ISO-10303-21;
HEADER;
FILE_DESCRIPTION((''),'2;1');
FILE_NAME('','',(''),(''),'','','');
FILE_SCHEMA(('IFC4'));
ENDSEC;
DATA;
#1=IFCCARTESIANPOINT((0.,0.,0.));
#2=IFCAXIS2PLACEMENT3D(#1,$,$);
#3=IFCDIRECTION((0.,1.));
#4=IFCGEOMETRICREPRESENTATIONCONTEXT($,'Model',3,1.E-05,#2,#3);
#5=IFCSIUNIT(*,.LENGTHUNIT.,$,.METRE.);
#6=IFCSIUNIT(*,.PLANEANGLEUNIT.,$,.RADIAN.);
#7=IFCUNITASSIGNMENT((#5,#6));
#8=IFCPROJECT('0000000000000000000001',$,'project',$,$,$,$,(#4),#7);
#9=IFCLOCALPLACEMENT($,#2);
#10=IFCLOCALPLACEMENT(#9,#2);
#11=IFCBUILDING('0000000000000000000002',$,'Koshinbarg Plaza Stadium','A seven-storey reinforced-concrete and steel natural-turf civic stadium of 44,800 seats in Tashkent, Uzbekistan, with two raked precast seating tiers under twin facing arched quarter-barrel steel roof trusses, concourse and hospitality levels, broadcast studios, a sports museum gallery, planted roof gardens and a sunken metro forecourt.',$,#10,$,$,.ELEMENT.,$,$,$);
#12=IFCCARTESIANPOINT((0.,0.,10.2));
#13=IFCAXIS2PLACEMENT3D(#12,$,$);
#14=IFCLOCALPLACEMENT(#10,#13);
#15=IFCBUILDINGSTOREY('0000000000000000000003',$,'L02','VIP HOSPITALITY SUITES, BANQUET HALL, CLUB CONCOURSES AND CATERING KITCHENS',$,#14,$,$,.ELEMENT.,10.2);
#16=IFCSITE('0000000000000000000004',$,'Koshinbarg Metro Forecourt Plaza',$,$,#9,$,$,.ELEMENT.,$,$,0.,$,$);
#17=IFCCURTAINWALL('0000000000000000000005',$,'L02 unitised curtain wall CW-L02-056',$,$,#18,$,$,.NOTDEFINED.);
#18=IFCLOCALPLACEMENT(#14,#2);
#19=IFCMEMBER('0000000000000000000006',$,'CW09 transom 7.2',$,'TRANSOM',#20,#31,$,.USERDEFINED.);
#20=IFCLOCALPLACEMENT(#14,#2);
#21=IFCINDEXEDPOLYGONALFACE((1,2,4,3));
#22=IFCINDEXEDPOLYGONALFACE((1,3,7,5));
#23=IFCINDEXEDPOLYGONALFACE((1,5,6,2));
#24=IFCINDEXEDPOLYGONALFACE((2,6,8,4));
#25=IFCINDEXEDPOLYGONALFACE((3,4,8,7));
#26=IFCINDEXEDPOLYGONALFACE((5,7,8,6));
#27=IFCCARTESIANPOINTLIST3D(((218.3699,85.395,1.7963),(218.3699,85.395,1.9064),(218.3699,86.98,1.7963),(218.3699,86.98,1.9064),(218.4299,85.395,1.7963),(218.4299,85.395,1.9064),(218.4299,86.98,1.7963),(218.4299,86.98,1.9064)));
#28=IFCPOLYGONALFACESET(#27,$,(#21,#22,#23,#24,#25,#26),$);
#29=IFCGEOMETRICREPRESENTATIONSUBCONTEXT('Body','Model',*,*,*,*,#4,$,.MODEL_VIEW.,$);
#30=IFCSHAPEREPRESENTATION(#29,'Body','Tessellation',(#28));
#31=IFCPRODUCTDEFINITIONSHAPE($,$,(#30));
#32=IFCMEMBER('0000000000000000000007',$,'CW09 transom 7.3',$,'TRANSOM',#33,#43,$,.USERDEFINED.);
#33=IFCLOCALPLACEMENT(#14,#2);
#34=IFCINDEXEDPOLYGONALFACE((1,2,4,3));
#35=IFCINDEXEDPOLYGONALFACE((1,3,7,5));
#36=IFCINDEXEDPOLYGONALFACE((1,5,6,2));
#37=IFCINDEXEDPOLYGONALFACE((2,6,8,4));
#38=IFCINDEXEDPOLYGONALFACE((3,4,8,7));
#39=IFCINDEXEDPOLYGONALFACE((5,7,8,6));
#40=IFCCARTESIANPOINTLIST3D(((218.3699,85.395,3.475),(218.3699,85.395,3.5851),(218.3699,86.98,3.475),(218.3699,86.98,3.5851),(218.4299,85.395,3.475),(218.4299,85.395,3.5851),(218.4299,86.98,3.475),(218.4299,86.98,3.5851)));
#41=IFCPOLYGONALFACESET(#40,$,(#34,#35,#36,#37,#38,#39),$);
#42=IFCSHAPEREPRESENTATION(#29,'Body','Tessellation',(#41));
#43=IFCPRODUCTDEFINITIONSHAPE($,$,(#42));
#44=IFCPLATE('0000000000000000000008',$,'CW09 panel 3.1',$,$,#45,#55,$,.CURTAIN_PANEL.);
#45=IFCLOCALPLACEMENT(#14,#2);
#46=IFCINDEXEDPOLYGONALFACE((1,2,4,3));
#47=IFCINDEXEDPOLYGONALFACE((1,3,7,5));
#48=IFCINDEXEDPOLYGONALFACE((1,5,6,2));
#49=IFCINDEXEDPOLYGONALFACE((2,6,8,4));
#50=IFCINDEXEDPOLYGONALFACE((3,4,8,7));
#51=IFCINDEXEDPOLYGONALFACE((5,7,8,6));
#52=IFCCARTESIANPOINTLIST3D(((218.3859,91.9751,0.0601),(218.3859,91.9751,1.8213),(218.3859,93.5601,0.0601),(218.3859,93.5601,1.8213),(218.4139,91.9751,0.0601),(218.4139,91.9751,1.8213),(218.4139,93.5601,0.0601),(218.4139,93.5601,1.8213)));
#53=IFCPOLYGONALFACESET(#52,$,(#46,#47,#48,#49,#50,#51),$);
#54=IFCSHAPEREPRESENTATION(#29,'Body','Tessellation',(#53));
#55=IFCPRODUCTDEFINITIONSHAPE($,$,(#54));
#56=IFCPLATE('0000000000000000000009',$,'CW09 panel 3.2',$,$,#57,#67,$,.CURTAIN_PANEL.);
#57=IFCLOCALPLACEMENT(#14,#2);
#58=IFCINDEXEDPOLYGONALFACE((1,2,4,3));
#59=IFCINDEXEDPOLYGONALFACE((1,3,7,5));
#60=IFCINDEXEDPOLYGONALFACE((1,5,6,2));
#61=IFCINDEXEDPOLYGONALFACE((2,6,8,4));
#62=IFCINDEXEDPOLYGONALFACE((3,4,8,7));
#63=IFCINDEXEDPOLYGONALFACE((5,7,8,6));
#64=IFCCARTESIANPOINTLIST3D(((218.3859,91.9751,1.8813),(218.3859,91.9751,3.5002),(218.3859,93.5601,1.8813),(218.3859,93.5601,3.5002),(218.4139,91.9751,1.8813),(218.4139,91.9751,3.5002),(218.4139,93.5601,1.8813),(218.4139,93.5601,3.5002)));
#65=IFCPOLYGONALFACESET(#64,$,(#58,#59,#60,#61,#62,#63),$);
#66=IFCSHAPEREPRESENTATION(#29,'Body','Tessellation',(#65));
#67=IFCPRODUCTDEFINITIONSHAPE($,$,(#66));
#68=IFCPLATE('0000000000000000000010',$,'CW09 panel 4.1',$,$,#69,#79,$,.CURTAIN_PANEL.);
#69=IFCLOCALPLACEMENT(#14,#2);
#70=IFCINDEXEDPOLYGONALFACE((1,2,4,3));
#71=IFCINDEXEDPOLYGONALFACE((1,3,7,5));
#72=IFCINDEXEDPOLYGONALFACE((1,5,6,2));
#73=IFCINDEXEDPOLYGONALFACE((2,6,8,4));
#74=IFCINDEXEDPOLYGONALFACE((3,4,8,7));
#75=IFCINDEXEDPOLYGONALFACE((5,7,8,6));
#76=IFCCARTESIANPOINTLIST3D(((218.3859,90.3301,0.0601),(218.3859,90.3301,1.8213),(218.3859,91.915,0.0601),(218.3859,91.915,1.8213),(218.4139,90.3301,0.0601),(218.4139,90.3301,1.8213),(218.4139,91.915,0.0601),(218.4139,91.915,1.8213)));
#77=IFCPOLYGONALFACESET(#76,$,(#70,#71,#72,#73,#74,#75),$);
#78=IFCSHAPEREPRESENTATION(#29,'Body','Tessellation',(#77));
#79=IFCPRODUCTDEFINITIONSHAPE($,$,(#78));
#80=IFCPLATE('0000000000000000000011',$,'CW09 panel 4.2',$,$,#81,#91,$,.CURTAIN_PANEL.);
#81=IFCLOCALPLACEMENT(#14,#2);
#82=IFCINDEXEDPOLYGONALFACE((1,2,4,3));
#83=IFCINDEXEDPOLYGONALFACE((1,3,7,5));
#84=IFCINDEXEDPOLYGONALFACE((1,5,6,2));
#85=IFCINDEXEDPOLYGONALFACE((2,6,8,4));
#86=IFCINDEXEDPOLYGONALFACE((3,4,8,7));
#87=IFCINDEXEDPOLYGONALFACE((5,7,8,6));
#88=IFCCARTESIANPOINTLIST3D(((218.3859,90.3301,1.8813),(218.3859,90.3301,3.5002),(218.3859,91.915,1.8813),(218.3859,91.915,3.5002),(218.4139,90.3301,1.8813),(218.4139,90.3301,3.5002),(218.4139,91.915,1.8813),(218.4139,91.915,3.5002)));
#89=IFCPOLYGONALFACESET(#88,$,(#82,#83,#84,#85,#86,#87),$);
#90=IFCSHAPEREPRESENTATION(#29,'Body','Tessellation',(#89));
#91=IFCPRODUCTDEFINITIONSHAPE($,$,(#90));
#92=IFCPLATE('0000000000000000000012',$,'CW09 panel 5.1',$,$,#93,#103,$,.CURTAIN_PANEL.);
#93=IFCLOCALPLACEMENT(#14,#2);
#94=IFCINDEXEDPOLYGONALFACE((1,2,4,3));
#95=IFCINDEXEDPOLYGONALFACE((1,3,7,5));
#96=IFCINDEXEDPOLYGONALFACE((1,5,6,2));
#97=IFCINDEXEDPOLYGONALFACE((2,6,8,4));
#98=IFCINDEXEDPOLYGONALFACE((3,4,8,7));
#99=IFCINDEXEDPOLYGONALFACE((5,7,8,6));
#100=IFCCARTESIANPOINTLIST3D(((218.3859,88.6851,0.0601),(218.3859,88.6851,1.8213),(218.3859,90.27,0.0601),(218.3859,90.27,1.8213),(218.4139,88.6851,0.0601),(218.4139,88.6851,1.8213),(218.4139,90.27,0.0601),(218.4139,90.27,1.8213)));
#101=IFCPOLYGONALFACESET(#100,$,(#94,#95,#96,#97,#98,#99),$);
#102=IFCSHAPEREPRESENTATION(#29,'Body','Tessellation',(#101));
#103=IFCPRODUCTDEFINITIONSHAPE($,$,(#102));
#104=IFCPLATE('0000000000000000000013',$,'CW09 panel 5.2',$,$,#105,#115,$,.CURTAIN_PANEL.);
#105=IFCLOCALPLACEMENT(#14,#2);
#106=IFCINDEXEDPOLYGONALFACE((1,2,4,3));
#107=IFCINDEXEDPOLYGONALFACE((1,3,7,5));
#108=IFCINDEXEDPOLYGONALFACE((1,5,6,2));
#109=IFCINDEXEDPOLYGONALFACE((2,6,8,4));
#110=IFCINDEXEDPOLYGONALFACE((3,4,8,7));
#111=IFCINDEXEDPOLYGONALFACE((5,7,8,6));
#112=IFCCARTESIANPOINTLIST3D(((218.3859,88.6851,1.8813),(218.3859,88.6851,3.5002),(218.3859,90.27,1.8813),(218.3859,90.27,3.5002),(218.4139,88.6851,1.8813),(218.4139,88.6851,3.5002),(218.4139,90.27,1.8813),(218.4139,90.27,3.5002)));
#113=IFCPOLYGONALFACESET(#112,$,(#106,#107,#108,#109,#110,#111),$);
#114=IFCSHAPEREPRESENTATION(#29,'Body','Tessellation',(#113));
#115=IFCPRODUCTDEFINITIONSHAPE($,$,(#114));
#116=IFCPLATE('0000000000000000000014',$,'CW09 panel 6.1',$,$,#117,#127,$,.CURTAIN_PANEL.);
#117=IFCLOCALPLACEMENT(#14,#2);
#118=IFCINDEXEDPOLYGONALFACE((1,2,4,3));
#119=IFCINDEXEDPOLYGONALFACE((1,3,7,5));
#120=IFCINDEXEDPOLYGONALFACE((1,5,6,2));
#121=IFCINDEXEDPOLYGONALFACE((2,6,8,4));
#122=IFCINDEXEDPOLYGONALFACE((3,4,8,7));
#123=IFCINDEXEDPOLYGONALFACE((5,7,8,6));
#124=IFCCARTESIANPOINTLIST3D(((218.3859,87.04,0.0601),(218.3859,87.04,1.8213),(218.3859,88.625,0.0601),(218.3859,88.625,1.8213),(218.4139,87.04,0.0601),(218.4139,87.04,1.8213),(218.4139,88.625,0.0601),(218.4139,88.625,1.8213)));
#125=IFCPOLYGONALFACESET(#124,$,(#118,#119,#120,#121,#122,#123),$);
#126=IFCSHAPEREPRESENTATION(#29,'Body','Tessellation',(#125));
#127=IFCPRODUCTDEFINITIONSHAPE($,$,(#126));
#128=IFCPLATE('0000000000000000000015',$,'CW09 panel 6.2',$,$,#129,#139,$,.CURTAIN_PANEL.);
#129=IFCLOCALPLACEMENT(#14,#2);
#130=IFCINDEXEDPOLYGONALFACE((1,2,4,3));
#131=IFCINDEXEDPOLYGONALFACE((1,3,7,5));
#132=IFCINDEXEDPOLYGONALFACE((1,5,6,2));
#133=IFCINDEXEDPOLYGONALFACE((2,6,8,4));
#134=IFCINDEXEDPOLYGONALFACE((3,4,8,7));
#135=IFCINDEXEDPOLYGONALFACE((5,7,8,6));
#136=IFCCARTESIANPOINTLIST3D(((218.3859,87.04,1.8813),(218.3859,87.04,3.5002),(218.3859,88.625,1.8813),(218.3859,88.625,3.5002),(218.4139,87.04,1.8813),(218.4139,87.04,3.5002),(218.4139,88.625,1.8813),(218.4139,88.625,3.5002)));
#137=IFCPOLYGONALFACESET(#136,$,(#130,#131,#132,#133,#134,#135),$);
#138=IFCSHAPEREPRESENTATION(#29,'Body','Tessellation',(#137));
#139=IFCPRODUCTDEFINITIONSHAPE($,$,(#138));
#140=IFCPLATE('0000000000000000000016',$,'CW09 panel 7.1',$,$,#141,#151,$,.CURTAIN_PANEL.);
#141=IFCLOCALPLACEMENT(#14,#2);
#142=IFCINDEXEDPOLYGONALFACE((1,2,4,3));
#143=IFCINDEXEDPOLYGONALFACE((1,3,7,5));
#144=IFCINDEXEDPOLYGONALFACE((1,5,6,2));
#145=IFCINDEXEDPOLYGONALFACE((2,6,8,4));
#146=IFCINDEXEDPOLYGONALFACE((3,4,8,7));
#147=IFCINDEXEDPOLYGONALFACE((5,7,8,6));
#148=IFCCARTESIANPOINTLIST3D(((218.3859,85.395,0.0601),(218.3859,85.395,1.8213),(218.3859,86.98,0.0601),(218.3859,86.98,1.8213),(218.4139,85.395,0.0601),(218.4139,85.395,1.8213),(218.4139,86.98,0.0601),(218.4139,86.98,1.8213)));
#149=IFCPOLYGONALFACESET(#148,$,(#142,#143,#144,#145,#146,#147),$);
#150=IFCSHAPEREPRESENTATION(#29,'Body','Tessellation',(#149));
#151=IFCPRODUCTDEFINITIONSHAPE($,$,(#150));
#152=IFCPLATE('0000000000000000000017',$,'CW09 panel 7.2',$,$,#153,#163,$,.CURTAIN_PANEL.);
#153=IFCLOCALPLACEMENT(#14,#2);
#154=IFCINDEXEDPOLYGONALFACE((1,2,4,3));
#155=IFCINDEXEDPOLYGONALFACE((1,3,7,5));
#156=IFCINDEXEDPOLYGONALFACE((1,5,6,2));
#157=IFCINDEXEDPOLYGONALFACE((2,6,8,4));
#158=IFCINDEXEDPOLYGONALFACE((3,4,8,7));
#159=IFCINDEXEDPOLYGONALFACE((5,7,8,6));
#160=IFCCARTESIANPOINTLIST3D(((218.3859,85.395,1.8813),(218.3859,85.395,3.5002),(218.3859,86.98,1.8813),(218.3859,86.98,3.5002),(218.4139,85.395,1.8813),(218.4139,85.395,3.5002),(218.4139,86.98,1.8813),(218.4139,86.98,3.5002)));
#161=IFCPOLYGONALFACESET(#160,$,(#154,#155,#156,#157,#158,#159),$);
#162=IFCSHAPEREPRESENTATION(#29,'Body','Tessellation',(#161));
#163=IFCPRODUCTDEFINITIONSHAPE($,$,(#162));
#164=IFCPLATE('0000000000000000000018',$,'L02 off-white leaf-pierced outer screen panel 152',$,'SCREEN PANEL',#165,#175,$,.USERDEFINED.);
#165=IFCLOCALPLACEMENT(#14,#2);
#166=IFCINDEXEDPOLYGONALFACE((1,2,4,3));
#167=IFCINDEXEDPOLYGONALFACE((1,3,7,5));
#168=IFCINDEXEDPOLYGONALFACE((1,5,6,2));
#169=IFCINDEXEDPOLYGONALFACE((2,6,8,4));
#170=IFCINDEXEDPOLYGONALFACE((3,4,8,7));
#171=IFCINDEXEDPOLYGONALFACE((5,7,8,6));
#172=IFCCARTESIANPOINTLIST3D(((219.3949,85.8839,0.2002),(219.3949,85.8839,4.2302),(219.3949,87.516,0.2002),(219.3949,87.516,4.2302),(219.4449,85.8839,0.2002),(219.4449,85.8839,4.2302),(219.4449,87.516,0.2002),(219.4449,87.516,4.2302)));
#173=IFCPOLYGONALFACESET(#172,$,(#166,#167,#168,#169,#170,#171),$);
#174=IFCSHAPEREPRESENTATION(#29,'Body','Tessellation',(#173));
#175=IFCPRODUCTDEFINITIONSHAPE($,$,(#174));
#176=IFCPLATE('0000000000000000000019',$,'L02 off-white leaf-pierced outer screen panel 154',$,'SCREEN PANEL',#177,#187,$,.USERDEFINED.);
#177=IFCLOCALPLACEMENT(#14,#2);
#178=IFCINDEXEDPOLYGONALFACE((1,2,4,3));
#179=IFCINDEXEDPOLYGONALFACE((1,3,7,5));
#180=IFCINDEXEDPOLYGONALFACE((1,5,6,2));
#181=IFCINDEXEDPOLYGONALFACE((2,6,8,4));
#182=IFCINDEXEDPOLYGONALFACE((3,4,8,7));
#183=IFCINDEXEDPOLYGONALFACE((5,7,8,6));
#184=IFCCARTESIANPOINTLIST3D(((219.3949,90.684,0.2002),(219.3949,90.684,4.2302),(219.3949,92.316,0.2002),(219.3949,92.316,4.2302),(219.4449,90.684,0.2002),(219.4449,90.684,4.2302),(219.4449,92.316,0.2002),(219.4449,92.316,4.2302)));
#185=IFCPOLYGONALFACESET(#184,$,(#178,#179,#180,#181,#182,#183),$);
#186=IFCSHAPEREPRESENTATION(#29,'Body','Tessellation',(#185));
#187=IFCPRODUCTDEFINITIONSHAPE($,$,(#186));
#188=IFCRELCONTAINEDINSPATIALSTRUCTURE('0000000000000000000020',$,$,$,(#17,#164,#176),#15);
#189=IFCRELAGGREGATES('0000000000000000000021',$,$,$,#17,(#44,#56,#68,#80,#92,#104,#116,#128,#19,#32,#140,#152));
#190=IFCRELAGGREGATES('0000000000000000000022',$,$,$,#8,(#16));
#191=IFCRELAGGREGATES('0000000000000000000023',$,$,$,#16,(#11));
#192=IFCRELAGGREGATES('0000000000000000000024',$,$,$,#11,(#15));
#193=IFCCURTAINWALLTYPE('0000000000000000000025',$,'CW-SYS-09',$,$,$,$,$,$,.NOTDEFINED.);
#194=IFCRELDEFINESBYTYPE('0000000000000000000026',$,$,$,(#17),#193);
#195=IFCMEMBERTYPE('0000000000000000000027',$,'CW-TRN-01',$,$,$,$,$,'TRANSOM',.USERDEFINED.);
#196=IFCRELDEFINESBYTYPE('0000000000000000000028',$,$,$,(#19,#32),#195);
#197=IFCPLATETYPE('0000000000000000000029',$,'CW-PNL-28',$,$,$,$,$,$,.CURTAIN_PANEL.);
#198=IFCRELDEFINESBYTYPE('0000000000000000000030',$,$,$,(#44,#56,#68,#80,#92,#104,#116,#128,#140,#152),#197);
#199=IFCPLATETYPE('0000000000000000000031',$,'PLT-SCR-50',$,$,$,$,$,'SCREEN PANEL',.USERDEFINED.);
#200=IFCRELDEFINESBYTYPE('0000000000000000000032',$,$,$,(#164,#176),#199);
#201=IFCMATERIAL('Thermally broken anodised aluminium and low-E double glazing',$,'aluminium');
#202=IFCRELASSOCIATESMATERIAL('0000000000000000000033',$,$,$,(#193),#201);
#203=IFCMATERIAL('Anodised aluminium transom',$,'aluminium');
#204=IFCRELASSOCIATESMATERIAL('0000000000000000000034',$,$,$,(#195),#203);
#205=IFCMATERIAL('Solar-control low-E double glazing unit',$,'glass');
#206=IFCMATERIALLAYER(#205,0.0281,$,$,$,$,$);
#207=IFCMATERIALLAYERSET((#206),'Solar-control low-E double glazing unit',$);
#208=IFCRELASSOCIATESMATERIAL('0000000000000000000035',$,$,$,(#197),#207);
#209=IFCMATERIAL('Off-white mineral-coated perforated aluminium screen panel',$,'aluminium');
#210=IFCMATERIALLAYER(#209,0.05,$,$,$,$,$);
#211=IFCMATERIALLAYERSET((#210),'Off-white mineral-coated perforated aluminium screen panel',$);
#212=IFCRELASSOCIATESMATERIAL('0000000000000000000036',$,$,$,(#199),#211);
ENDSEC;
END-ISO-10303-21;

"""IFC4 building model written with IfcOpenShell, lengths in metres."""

from ifc_helpers import new_model, si_unit, direction, frame, origin, origin_2d, place, context, subcontext, project, spatial, rectangle, extrude, material, layer, layer_set, material_profile, profile_set, type_object, element, aggregate, save


model = new_model("IFC4")

# Units and contexts
model_context = context("Model", 3, precision=1e-05, world=origin(), true_north=direction((0.0, 1.0)))
body_context = subcontext(model_context, "Body", "Model", "MODEL_VIEW")
ifc_project = project(units=[si_unit("LENGTHUNIT", "METRE"), si_unit("PLANEANGLEUNIT", "RADIAN")], contexts=[model_context])

# Site, building, storey
site_placement = place(None, origin())
site = spatial("IfcSite", under=ifc_project, at=site_placement, Name="Koshinbarg Metro Forecourt Plaza", CompositionType="ELEMENT", RefElevation=0.0)
building_placement = place(site_placement, origin())
building = spatial("IfcBuilding", under=site, at=building_placement, Name="Koshinbarg Plaza Stadium", Description="A seven-storey reinforced-concrete and steel natural-turf civic stadium of 44,800 seats in Tashkent, Uzbekistan, with two raked precast seating tiers under twin facing arched quarter-barrel steel roof trusses, concourse and hospitality levels, broadcast studios, a sports museum gallery, planted roof gardens and a sunken metro forecourt.", CompositionType="ELEMENT")
storey_placement = place(building_placement, frame((0.0, 0.0, 10.2)))
storey = spatial("IfcBuildingStorey", under=building, at=storey_placement, Name="L02", Description="VIP HOSPITALITY SUITES, BANQUET HALL, CLUB CONCOURSES AND CATERING KITCHENS", CompositionType="ELEMENT", Elevation=10.2)

# Curtain wall, members, plates
ifc_material_1 = material(Name="Thermally broken anodised aluminium and low-E double glazing", Category="aluminium")
curtain_wall_type = type_object("IfcCurtainWallType", Name="CW-SYS-09", PredefinedType="NOTDEFINED", material=ifc_material_1)
curtain_wall_placement = place(storey_placement, origin())
curtain_wall = element("IfcCurtainWall", 1, at=curtain_wall_placement, inside=storey, type_object=curtain_wall_type, Name="L02 unitised curtain wall CW-L02-056", PredefinedType="NOTDEFINED")
ifc_material_2 = material(Name="Anodised aluminium transom", Category="aluminium")
ifc_material_profile_1 = material_profile(ifc_material_2, rectangle(XDim=0.0601, YDim=0.1101, at=origin_2d()), Name="ALU 60x110")
ifc_profile_set_1 = profile_set([ifc_material_profile_1], Name="Anodised aluminium transom")
member_type_1 = type_object("IfcMemberType", Name="CW-TRN-01", ElementType="TRANSOM", PredefinedType="USERDEFINED", material=ifc_profile_set_1)
member_1_placement = place(storey_placement, frame((218.3999, 86.98, 1.8513), z_axis=(0.0, -1.0, 0.0), x_axis=(1.0, 0.0, 0.0)))
member_1 = element("IfcMember", 2, at=member_1_placement, type_object=member_type_1, Name="CW09 transom 7.2", ObjectType="TRANSOM", PredefinedType="USERDEFINED", context=body_context, shape_type="SweptSolid", body=[
    extrude(rectangle(XDim=0.0601, YDim=0.1101, at=origin_2d()), origin(), (0.0, 0.0, 1.0), 1.585),
])
member_2_placement = place(storey_placement, frame((218.3999, 86.98, 3.53), z_axis=(0.0, -1.0, 0.0), x_axis=(1.0, 0.0, 0.0)))
member_2 = element("IfcMember", 3, at=member_2_placement, type_object=member_type_1, Name="CW09 transom 7.3", ObjectType="TRANSOM", PredefinedType="USERDEFINED", context=body_context, shape_type="SweptSolid", body=[
    extrude(rectangle(XDim=0.0601, YDim=0.1101, at=origin_2d()), origin(), (0.0, 0.0, 1.0), 1.585),
])
ifc_material_3 = material(Name="Solar-control low-E double glazing unit", Category="glass")
ifc_layer_1 = layer(ifc_material_3, 0.0281)
ifc_layer_set_1 = layer_set([ifc_layer_1], Name="Solar-control low-E double glazing unit")
plate_type_1 = type_object("IfcPlateType", Name="CW-PNL-28", PredefinedType="CURTAIN_PANEL", material=ifc_layer_set_1)
plate_1_placement = place(storey_placement, frame((218.3999, 92.7676, 0.0601), z_axis=(0.0, 0.0, 1.0), x_axis=(0.0, -1.0, 0.0)))
plate_1 = element("IfcPlate", 4, at=plate_1_placement, type_object=plate_type_1, Name="CW09 panel 3.1", PredefinedType="CURTAIN_PANEL", context=body_context, shape_type="SweptSolid", body=[
    extrude(rectangle(XDim=1.585, YDim=0.0281, at=origin_2d()), origin(), (0.0, 0.0, 1.0), 1.7612),
])
plate_2_placement = place(storey_placement, frame((218.3999, 92.7676, 1.8813), z_axis=(0.0, 0.0, 1.0), x_axis=(0.0, -1.0, 0.0)))
plate_2 = element("IfcPlate", 5, at=plate_2_placement, type_object=plate_type_1, Name="CW09 panel 3.2", PredefinedType="CURTAIN_PANEL", context=body_context, shape_type="SweptSolid", body=[
    extrude(rectangle(XDim=1.585, YDim=0.0281, at=origin_2d()), origin(), (0.0, 0.0, 1.0), 1.6189),
])
plate_3_placement = place(storey_placement, frame((218.3999, 91.1226, 0.0601), z_axis=(0.0, 0.0, 1.0), x_axis=(0.0, -1.0, 0.0)))
plate_3 = element("IfcPlate", 6, at=plate_3_placement, type_object=plate_type_1, Name="CW09 panel 4.1", PredefinedType="CURTAIN_PANEL", context=body_context, shape_type="SweptSolid", body=[
    extrude(rectangle(XDim=1.585, YDim=0.0281, at=origin_2d()), origin(), (0.0, 0.0, 1.0), 1.7612),
])
plate_4_placement = place(storey_placement, frame((218.3999, 91.1226, 1.8813), z_axis=(0.0, 0.0, 1.0), x_axis=(0.0, -1.0, 0.0)))
plate_4 = element("IfcPlate", 7, at=plate_4_placement, type_object=plate_type_1, Name="CW09 panel 4.2", PredefinedType="CURTAIN_PANEL", context=body_context, shape_type="SweptSolid", body=[
    extrude(rectangle(XDim=1.585, YDim=0.0281, at=origin_2d()), origin(), (0.0, 0.0, 1.0), 1.6189),
])
plate_5_placement = place(storey_placement, frame((218.3999, 89.4775, 0.0601), z_axis=(0.0, 0.0, 1.0), x_axis=(0.0, -1.0, 0.0)))
plate_5 = element("IfcPlate", 8, at=plate_5_placement, type_object=plate_type_1, Name="CW09 panel 5.1", PredefinedType="CURTAIN_PANEL", context=body_context, shape_type="SweptSolid", body=[
    extrude(rectangle(XDim=1.585, YDim=0.0281, at=origin_2d()), origin(), (0.0, 0.0, 1.0), 1.7612),
])
plate_6_placement = place(storey_placement, frame((218.3999, 89.4775, 1.8813), z_axis=(0.0, 0.0, 1.0), x_axis=(0.0, -1.0, 0.0)))
plate_6 = element("IfcPlate", 9, at=plate_6_placement, type_object=plate_type_1, Name="CW09 panel 5.2", PredefinedType="CURTAIN_PANEL", context=body_context, shape_type="SweptSolid", body=[
    extrude(rectangle(XDim=1.585, YDim=0.0281, at=origin_2d()), origin(), (0.0, 0.0, 1.0), 1.6189),
])
plate_7_placement = place(storey_placement, frame((218.3999, 87.8325, 0.0601), z_axis=(0.0, 0.0, 1.0), x_axis=(0.0, -1.0, 0.0)))
plate_7 = element("IfcPlate", 10, at=plate_7_placement, type_object=plate_type_1, Name="CW09 panel 6.1", PredefinedType="CURTAIN_PANEL", context=body_context, shape_type="SweptSolid", body=[
    extrude(rectangle(XDim=1.585, YDim=0.0281, at=origin_2d()), origin(), (0.0, 0.0, 1.0), 1.7612),
])
plate_8_placement = place(storey_placement, frame((218.3999, 87.8325, 1.8813), z_axis=(0.0, 0.0, 1.0), x_axis=(0.0, -1.0, 0.0)))
plate_8 = element("IfcPlate", 11, at=plate_8_placement, type_object=plate_type_1, Name="CW09 panel 6.2", PredefinedType="CURTAIN_PANEL", context=body_context, shape_type="SweptSolid", body=[
    extrude(rectangle(XDim=1.585, YDim=0.0281, at=origin_2d()), origin(), (0.0, 0.0, 1.0), 1.6189),
])
plate_9_placement = place(storey_placement, frame((218.3999, 86.1875, 0.0601), z_axis=(0.0, 0.0, 1.0), x_axis=(0.0, -1.0, 0.0)))
plate_9 = element("IfcPlate", 12, at=plate_9_placement, type_object=plate_type_1, Name="CW09 panel 7.1", PredefinedType="CURTAIN_PANEL", context=body_context, shape_type="SweptSolid", body=[
    extrude(rectangle(XDim=1.585, YDim=0.0281, at=origin_2d()), origin(), (0.0, 0.0, 1.0), 1.7612),
])
plate_10_placement = place(storey_placement, frame((218.3999, 86.1875, 1.8813), z_axis=(0.0, 0.0, 1.0), x_axis=(0.0, -1.0, 0.0)))
plate_10 = element("IfcPlate", 13, at=plate_10_placement, type_object=plate_type_1, Name="CW09 panel 7.2", PredefinedType="CURTAIN_PANEL", context=body_context, shape_type="SweptSolid", body=[
    extrude(rectangle(XDim=1.585, YDim=0.0281, at=origin_2d()), origin(), (0.0, 0.0, 1.0), 1.6189),
])
aggregate(curtain_wall, [plate_1, plate_2, plate_3, plate_4, plate_5, plate_6, plate_7, plate_8, member_1, member_2, plate_9, plate_10])

# Plates
ifc_material_4 = material(Name="Off-white mineral-coated perforated aluminium screen panel", Category="aluminium")
ifc_layer_2 = layer(ifc_material_4, 0.05)
ifc_layer_set_2 = layer_set([ifc_layer_2], Name="Off-white mineral-coated perforated aluminium screen panel")
plate_type_2 = type_object("IfcPlateType", Name="PLT-SCR-50", ElementType="SCREEN PANEL", PredefinedType="USERDEFINED", material=ifc_layer_set_2)
for number, where, z_axis, x_axis, name in (
    (14, (219.4199, 86.7, 0.2002), (0.0, 0.0, 1.0), (1.0, 0.0, 0.0), "L02 off-white leaf-pierced outer screen panel 152"),
    (15, (219.4199, 91.5, 0.2002), (0.0, 0.0, 1.0), (1.0, 0.0, 0.0), "L02 off-white leaf-pierced outer screen panel 154"),
):
    element("IfcPlate", number, at=place(storey_placement, frame(where, z_axis=z_axis, x_axis=x_axis)), inside=storey, type_object=plate_type_2, Name=name, ObjectType="SCREEN PANEL", PredefinedType="USERDEFINED", context=body_context, shape_type="SweptSolid", body=[
        extrude(rectangle(XDim=0.05, YDim=1.6321, at=origin_2d()), origin(), (0.0, 0.0, 1.0), 4.03),
    ])

save(model, "model.ifc")
